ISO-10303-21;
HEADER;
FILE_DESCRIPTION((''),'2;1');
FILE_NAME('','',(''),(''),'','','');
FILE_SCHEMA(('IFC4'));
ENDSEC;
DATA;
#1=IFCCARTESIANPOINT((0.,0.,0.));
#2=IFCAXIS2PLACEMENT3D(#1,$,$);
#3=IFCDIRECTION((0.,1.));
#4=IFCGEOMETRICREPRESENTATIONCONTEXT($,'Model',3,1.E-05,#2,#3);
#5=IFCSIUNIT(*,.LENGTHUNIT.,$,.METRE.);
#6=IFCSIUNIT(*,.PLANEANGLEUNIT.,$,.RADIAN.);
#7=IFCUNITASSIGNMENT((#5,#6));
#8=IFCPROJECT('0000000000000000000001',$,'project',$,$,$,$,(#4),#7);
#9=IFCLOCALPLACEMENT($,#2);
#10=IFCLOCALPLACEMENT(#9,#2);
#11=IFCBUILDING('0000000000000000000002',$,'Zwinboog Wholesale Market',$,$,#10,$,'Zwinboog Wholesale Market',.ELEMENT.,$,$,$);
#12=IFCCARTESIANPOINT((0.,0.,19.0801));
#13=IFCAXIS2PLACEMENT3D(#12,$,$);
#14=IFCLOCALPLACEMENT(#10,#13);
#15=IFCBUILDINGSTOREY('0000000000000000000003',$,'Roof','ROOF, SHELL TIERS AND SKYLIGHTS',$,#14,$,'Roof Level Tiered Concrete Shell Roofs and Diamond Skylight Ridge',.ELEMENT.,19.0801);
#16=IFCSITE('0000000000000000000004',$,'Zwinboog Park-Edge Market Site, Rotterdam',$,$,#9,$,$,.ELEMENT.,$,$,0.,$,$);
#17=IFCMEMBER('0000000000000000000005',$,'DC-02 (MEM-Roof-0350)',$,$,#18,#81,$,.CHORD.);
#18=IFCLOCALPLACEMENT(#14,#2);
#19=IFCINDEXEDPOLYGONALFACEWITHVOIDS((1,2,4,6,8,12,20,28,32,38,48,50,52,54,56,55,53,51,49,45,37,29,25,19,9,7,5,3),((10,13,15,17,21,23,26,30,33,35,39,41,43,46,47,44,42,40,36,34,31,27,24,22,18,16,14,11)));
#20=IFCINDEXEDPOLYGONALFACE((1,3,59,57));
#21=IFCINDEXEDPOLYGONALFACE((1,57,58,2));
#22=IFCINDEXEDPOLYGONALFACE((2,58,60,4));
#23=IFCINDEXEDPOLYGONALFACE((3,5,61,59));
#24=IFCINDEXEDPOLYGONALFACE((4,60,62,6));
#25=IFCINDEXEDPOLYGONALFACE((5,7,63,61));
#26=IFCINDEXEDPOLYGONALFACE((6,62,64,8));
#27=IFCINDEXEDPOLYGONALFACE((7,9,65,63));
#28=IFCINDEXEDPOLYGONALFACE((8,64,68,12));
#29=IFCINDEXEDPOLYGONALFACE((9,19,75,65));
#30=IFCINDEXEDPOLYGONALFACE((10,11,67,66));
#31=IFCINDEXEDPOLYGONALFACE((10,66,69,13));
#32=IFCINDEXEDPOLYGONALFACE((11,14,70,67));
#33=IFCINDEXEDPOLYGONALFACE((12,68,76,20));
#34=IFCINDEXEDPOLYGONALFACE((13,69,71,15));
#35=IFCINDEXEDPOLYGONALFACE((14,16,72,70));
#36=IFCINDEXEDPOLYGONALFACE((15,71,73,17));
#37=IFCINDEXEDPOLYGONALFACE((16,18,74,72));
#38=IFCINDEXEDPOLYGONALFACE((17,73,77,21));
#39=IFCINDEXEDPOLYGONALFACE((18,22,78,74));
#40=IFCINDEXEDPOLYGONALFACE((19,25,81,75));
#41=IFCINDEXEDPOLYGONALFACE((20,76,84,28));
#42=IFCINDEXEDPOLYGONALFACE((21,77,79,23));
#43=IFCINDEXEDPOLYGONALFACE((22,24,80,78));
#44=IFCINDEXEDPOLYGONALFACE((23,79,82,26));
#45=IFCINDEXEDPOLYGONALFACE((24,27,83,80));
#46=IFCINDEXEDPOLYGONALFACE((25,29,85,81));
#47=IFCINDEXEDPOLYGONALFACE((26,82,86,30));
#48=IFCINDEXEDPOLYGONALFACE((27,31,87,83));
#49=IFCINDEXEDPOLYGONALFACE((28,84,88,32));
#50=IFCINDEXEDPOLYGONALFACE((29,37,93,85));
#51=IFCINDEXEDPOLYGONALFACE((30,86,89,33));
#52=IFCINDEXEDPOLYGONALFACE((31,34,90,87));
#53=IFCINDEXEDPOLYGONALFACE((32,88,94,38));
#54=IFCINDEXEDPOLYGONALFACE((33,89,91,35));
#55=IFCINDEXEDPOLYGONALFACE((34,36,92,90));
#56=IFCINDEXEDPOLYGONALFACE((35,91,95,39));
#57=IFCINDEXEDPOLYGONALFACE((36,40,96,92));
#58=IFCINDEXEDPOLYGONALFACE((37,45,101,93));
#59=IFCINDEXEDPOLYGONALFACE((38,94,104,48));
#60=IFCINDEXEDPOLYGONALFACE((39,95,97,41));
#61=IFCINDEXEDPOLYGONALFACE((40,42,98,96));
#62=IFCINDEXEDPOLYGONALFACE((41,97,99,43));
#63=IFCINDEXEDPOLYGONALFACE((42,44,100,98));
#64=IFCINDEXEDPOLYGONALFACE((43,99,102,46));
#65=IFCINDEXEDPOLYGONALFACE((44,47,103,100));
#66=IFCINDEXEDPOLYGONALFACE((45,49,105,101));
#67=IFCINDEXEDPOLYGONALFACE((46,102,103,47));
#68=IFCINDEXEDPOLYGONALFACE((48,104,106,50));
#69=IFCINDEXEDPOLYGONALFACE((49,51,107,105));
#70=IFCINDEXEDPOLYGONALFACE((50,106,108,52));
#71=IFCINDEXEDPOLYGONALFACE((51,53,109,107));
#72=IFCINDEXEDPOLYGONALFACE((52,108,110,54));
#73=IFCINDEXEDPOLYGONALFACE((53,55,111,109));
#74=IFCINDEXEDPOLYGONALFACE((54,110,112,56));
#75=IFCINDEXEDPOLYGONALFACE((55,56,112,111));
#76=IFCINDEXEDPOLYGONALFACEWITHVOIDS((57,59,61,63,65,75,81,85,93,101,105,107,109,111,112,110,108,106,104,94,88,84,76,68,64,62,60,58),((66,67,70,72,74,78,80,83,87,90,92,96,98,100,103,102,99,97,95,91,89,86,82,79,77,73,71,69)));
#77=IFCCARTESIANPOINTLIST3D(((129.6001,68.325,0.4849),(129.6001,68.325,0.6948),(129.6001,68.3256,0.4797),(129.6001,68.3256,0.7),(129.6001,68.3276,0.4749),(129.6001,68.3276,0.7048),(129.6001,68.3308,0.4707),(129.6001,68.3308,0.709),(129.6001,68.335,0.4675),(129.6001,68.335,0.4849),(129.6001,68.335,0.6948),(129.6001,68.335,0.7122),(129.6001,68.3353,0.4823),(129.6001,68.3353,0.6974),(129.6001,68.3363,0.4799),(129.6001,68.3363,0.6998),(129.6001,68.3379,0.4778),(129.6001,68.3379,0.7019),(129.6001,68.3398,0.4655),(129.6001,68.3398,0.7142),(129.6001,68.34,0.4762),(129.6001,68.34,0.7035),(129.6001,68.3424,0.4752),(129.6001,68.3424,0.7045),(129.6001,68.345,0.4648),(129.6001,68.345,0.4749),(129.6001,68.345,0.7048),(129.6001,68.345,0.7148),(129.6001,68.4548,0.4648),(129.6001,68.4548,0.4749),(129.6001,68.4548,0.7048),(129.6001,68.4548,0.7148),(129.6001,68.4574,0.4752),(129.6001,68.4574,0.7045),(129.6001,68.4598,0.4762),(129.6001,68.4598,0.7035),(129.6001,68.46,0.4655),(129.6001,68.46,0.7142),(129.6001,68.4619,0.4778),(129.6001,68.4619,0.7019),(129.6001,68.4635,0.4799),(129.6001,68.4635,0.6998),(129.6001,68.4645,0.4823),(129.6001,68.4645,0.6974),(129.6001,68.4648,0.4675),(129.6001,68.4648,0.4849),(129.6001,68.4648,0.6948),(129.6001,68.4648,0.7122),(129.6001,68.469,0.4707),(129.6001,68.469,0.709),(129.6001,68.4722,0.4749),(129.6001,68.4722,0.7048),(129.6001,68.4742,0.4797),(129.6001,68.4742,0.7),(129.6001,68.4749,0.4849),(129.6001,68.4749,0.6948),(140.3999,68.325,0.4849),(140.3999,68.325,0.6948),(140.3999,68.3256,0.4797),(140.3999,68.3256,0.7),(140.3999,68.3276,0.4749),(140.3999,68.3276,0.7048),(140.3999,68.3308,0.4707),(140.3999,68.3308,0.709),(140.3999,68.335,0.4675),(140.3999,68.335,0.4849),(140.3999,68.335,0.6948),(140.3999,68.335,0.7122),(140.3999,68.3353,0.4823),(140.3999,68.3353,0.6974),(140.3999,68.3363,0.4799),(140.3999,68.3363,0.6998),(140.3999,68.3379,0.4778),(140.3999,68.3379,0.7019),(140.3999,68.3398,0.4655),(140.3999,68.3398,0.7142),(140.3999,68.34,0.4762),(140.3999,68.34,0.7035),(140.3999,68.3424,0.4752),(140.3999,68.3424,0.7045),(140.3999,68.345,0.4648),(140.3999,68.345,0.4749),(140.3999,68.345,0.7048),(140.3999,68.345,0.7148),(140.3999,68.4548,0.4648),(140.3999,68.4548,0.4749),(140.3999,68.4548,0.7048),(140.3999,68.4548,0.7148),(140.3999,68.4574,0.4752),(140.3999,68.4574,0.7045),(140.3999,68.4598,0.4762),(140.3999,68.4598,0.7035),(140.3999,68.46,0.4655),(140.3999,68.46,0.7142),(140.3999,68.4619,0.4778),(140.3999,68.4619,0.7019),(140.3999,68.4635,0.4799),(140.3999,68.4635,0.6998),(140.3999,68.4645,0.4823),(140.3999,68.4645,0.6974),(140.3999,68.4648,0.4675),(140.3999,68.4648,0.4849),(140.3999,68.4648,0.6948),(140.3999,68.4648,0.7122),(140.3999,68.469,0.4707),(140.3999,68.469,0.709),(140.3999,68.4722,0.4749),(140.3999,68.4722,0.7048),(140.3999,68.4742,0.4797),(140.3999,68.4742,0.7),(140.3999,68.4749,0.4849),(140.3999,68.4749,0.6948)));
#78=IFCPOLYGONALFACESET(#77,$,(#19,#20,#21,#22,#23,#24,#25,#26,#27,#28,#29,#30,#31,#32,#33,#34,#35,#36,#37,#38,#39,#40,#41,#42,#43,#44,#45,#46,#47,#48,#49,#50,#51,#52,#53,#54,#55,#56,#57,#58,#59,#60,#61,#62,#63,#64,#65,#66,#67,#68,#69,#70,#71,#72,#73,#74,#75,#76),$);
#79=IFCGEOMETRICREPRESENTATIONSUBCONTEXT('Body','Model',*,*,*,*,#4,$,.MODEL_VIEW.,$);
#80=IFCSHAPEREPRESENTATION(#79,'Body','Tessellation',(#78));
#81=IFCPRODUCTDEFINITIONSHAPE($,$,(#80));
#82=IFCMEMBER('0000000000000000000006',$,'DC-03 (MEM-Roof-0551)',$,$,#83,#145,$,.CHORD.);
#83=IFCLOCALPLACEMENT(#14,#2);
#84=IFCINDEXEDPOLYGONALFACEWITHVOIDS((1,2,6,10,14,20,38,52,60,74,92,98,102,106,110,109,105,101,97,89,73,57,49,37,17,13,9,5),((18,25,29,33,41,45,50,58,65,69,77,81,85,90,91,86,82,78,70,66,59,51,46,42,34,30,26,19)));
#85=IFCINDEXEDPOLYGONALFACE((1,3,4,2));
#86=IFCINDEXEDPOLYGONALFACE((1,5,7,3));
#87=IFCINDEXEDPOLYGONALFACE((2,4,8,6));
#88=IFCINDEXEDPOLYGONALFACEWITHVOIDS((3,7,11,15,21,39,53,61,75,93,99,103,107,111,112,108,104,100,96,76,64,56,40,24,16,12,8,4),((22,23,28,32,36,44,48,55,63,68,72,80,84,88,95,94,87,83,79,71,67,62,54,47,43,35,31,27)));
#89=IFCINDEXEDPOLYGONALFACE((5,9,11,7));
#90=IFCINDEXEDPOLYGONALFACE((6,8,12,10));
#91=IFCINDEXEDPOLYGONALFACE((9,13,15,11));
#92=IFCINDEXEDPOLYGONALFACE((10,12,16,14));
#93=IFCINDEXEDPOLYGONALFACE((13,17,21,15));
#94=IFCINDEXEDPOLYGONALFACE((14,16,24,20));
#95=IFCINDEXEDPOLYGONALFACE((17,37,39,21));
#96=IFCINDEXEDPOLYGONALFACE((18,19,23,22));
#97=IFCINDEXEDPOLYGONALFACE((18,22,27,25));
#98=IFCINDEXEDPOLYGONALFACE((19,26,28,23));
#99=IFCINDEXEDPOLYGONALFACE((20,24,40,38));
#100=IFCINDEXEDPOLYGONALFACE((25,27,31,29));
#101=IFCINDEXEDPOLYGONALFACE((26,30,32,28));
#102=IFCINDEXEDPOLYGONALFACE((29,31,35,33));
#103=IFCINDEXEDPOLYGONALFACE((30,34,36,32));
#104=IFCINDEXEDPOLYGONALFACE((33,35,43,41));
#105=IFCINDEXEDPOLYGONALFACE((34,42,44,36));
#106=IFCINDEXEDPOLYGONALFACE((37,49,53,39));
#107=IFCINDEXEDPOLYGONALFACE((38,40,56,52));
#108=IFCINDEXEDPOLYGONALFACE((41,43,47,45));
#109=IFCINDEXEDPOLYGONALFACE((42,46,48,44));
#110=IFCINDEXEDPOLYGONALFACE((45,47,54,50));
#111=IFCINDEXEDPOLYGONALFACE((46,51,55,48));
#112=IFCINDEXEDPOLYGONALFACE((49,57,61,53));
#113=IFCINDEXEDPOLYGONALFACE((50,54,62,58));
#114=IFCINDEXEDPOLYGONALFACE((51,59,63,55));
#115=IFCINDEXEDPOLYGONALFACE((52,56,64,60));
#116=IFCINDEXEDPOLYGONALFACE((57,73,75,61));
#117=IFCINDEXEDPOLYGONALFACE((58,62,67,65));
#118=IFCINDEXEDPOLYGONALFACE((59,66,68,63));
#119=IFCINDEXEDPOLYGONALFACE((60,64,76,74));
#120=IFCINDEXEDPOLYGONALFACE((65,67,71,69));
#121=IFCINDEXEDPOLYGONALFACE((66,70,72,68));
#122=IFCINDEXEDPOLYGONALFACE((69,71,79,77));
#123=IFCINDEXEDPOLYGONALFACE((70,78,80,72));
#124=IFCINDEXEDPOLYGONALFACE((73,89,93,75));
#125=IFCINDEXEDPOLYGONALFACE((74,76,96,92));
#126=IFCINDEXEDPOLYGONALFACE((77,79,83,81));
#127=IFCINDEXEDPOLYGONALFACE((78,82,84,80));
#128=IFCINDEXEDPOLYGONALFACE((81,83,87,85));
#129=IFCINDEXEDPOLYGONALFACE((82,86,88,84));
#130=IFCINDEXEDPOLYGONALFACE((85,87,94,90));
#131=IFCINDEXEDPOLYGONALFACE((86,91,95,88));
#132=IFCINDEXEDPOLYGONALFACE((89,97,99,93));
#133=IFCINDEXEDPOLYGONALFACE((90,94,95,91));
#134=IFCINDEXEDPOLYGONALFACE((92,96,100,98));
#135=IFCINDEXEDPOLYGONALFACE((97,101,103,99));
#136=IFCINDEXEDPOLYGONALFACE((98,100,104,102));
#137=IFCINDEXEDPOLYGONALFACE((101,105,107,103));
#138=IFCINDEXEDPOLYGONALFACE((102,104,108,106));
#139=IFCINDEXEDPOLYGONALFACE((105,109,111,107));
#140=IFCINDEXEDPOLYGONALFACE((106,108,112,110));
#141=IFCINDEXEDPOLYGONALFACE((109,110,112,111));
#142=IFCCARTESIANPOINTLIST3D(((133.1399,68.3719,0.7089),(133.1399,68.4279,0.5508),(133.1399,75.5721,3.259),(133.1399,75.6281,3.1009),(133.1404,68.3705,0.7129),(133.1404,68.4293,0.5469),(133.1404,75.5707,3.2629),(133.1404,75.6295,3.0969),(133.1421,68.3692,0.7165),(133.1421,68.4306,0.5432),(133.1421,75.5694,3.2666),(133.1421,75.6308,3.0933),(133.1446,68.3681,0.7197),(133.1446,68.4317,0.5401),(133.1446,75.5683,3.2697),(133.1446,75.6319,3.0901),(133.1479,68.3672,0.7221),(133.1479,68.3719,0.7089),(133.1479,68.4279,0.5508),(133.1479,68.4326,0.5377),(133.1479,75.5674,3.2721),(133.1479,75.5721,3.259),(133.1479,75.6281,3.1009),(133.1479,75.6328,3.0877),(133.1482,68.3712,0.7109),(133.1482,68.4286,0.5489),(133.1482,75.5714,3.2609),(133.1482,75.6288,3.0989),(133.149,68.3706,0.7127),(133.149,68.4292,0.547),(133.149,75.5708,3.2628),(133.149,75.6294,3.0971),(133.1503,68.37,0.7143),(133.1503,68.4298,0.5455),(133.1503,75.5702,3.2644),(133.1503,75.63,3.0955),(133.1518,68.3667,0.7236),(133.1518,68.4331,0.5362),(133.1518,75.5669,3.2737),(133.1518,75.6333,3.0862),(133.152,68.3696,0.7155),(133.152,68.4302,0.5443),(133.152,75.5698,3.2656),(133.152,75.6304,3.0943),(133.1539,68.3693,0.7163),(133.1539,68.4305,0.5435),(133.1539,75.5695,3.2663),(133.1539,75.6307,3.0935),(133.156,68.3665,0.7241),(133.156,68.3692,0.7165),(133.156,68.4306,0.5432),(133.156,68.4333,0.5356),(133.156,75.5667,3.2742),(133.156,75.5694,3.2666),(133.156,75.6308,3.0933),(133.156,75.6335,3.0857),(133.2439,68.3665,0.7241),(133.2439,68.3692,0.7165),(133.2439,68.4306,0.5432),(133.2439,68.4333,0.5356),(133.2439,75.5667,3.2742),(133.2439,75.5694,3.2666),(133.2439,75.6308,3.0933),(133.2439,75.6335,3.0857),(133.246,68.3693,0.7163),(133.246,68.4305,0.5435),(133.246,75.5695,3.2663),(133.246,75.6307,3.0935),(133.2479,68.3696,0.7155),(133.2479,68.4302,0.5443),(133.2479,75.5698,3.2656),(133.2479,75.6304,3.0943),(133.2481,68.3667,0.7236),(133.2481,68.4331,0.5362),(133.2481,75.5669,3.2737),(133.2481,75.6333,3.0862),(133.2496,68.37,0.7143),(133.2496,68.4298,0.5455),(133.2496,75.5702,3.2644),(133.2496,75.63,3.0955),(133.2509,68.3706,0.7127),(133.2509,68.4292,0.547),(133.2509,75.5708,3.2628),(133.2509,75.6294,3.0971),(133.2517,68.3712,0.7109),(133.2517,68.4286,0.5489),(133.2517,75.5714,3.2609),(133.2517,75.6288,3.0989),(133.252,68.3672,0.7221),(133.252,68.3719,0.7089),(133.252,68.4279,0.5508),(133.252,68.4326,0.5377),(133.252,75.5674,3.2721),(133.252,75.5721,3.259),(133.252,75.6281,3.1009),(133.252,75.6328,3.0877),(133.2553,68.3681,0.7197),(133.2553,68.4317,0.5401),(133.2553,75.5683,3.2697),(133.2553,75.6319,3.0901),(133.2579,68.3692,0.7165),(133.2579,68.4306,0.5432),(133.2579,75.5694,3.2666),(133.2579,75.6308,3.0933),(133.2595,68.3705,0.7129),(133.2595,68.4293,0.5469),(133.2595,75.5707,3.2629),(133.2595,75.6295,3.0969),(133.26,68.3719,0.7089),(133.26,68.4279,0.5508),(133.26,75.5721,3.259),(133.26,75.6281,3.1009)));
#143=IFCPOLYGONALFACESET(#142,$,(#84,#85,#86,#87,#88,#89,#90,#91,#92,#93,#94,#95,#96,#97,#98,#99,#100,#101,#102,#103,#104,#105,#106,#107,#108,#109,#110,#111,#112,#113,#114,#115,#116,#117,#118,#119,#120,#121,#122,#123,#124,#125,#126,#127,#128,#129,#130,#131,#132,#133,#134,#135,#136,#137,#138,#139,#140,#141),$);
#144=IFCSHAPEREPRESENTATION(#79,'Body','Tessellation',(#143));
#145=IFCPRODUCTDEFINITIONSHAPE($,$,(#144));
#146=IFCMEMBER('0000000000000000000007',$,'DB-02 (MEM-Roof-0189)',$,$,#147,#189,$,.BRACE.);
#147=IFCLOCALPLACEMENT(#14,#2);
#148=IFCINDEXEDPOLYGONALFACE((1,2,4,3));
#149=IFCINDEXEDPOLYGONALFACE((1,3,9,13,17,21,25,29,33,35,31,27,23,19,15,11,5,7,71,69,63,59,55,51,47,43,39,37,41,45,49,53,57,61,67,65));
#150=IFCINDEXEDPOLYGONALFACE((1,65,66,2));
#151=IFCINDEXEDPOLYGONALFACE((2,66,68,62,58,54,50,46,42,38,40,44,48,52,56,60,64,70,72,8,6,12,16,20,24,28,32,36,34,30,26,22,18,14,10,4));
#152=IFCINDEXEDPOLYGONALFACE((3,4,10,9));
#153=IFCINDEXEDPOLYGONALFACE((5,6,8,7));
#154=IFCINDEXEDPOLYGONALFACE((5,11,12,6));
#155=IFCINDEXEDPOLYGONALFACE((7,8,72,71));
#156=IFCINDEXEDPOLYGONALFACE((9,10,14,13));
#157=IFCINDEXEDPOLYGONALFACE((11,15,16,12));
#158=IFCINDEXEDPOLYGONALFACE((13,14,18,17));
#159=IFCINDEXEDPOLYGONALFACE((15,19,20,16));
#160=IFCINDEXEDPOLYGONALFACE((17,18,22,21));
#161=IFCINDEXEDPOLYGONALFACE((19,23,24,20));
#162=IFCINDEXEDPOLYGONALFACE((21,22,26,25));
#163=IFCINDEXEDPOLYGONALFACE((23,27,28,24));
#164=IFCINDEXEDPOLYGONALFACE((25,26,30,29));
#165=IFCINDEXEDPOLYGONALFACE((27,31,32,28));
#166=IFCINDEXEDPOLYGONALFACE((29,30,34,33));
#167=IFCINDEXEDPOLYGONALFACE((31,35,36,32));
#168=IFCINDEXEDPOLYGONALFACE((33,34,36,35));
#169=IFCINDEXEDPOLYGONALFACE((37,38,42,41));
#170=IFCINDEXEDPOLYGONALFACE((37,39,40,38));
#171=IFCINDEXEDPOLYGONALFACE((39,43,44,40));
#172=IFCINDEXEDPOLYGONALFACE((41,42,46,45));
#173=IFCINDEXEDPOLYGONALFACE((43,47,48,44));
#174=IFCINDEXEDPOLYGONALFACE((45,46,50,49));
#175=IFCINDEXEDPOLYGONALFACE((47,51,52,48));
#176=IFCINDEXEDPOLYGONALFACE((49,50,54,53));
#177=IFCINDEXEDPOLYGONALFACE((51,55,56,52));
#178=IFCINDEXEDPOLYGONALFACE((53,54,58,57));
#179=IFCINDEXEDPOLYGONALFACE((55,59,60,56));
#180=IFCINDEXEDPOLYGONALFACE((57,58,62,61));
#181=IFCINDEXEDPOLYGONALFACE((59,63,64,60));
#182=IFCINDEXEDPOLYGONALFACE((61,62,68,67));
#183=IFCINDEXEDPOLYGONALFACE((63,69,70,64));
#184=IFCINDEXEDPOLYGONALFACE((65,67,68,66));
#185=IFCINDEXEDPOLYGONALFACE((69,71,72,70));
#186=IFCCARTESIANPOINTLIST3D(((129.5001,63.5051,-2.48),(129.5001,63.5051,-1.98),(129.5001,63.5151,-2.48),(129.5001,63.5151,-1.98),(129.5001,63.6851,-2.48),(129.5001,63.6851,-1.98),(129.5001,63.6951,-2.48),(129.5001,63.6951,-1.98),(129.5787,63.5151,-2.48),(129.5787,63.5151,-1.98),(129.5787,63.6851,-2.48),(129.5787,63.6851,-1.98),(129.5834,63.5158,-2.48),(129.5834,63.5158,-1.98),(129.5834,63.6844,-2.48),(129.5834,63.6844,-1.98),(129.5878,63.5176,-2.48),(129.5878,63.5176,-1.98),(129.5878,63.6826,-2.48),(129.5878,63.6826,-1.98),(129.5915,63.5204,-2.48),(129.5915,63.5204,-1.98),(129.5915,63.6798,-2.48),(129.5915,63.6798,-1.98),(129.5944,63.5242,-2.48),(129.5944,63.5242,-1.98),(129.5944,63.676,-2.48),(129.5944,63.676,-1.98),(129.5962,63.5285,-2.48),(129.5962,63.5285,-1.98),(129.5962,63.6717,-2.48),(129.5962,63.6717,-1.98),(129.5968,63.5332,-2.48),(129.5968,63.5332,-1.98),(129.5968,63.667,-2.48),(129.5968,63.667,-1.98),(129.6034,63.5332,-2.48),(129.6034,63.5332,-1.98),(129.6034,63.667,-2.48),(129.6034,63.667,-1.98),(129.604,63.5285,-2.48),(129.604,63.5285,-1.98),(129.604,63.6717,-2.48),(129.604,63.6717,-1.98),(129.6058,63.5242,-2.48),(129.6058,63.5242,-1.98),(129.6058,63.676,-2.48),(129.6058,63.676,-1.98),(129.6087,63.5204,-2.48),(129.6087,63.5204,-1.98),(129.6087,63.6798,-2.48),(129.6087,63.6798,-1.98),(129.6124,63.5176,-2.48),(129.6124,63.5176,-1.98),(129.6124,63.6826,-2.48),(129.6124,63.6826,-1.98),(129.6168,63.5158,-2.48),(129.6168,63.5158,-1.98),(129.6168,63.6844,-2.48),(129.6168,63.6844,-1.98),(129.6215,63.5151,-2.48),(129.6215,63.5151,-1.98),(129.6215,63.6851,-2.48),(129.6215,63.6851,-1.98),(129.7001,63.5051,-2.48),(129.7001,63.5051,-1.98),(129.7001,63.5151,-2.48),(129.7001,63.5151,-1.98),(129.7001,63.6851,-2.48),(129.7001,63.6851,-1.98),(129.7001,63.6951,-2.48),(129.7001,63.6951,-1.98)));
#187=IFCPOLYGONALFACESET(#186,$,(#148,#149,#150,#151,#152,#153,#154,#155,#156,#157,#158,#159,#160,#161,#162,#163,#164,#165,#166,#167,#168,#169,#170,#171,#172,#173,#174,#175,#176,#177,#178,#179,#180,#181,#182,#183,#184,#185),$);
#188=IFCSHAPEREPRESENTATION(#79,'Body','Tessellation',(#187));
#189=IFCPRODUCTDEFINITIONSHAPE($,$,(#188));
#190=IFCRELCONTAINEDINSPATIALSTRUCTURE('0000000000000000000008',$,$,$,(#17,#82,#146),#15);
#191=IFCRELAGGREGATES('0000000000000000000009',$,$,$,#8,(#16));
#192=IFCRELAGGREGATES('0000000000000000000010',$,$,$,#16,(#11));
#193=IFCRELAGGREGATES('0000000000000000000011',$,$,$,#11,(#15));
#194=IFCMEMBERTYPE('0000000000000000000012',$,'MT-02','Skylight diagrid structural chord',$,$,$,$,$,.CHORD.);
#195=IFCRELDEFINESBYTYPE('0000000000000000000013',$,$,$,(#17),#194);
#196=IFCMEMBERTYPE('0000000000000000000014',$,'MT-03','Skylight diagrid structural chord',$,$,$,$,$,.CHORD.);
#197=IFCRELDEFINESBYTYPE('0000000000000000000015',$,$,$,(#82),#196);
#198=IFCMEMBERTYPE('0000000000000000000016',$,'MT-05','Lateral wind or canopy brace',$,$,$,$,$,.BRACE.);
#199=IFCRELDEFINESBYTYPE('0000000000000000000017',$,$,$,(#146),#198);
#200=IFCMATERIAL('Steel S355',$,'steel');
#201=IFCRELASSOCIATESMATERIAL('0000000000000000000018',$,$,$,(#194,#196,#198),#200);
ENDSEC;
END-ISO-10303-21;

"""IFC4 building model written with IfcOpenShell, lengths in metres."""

from ifc_helpers import new_model, si_unit, direction, frame, origin, origin_2d, place, context, subcontext, project, spatial, hollow_rectangle, i_section, extrude, material, material_profile, profile_set, type_object, element, save


model = new_model("IFC4")

# Units and contexts
model_context = context("Model", 3, precision=1e-05, world=origin(), true_north=direction((0.0, 1.0)))
body_context = subcontext(model_context, "Body", "Model", "MODEL_VIEW")
ifc_project = project(units=[si_unit("LENGTHUNIT", "METRE"), si_unit("PLANEANGLEUNIT", "RADIAN")], contexts=[model_context])

# Site, building, storey
site_placement = place(None, origin())
site = spatial("IfcSite", under=ifc_project, at=site_placement, Name="Zwinboog Park-Edge Market Site, Rotterdam", CompositionType="ELEMENT", RefElevation=0.0)
building_placement = place(site_placement, origin())
building = spatial("IfcBuilding", under=site, at=building_placement, Name="Zwinboog Wholesale Market", LongName="Zwinboog Wholesale Market", CompositionType="ELEMENT")
storey_placement = place(building_placement, frame((0.0, 0.0, 19.0801)))
storey = spatial("IfcBuildingStorey", under=building, at=storey_placement, Name="Roof", Description="ROOF, SHELL TIERS AND SKYLIGHTS", LongName="Roof Level Tiered Concrete Shell Roofs and Diamond Skylight Ridge", CompositionType="ELEMENT", Elevation=19.0801)

# Members
ifc_material_1 = material(Name="Steel S355", Category="steel")
ifc_material_profile_1 = material_profile(ifc_material_1, hollow_rectangle(XDim=0.1499, YDim=0.25, WallThickness=0.01, InnerFilletRadius=0.01, OuterFilletRadius=0.02, at=origin_2d()), Name="RHS 250x150x10")
ifc_profile_set_1 = profile_set([ifc_material_profile_1], Name="Steel S355")
member_type_1 = type_object("IfcMemberType", Name="MT-02", Description="Skylight diagrid structural chord", PredefinedType="CHORD", material=ifc_profile_set_1)
member_1_placement = place(storey_placement, frame((129.6001, 68.3999, 0.5898), z_axis=(1.0, 0.0, 0.0), x_axis=(0.0, 1.0, 0.0)))
element("IfcMember", 1, at=member_1_placement, inside=storey, type_object=member_type_1, Name="DC-02 (MEM-Roof-0350)", PredefinedType="CHORD", context=body_context, shape_type="SweptSolid", body=[
    extrude(hollow_rectangle(XDim=0.1499, YDim=0.25, WallThickness=0.01, InnerFilletRadius=0.01, OuterFilletRadius=0.02, at=origin_2d()), origin(), (0.0, 0.0, 1.0), 10.7998),
])
ifc_material_profile_2 = material_profile(ifc_material_1, hollow_rectangle(XDim=0.1201, YDim=0.2, WallThickness=0.0081, InnerFilletRadius=0.0081, OuterFilletRadius=0.0161, at=origin_2d()), Name="RHS 200x120x8")
ifc_profile_set_2 = profile_set([ifc_material_profile_2], Name="Steel S355")
member_type_2 = type_object("IfcMemberType", Name="MT-03", Description="Skylight diagrid structural chord", PredefinedType="CHORD", material=ifc_profile_set_2)
member_2_placement = place(storey_placement, frame((133.2, 68.3999, 0.6299), z_axis=(0.0, 0.942628, 0.333845), x_axis=(-1.0, 0.0, 0.0)))
element("IfcMember", 2, at=member_2_placement, inside=storey, type_object=member_type_2, Name="DC-03 (MEM-Roof-0551)", PredefinedType="CHORD", context=body_context, shape_type="SweptSolid", body=[
    extrude(hollow_rectangle(XDim=0.1201, YDim=0.2, WallThickness=0.0081, InnerFilletRadius=0.0081, OuterFilletRadius=0.0161, at=origin_2d()), origin(), (0.0, 0.0, 1.0), 7.6384),
])
ifc_material_profile_3 = material_profile(ifc_material_1, i_section(OverallWidth=0.2, OverallDepth=0.1899, WebThickness=0.0066, FlangeThickness=0.01, FilletRadius=0.0181, at=origin_2d()), Name="HEA 200")
ifc_profile_set_3 = profile_set([ifc_material_profile_3], Name="Steel S355")
member_type_3 = type_object("IfcMemberType", Name="MT-05", Description="Lateral wind or canopy brace", PredefinedType="BRACE", material=ifc_profile_set_3)
for number, where, z_axis, x_axis, name in (
    (3, (129.6001, 63.6001, -2.48), (0.0, 0.0, 1.0), (1.0, 0.0, 0.0), "DB-02 (MEM-Roof-0189)"),
):
    element("IfcMember", number, at=place(storey_placement, frame(where, z_axis=z_axis, x_axis=x_axis)), inside=storey, type_object=member_type_3, Name=name, PredefinedType="BRACE", context=body_context, shape_type="SweptSolid", body=[
        extrude(i_section(OverallWidth=0.2, OverallDepth=0.1899, WebThickness=0.0066, FlangeThickness=0.01, FilletRadius=0.0181, at=origin_2d()), origin(), (0.0, 0.0, 1.0), 0.5),
    ])

save(model, "model.ifc")
